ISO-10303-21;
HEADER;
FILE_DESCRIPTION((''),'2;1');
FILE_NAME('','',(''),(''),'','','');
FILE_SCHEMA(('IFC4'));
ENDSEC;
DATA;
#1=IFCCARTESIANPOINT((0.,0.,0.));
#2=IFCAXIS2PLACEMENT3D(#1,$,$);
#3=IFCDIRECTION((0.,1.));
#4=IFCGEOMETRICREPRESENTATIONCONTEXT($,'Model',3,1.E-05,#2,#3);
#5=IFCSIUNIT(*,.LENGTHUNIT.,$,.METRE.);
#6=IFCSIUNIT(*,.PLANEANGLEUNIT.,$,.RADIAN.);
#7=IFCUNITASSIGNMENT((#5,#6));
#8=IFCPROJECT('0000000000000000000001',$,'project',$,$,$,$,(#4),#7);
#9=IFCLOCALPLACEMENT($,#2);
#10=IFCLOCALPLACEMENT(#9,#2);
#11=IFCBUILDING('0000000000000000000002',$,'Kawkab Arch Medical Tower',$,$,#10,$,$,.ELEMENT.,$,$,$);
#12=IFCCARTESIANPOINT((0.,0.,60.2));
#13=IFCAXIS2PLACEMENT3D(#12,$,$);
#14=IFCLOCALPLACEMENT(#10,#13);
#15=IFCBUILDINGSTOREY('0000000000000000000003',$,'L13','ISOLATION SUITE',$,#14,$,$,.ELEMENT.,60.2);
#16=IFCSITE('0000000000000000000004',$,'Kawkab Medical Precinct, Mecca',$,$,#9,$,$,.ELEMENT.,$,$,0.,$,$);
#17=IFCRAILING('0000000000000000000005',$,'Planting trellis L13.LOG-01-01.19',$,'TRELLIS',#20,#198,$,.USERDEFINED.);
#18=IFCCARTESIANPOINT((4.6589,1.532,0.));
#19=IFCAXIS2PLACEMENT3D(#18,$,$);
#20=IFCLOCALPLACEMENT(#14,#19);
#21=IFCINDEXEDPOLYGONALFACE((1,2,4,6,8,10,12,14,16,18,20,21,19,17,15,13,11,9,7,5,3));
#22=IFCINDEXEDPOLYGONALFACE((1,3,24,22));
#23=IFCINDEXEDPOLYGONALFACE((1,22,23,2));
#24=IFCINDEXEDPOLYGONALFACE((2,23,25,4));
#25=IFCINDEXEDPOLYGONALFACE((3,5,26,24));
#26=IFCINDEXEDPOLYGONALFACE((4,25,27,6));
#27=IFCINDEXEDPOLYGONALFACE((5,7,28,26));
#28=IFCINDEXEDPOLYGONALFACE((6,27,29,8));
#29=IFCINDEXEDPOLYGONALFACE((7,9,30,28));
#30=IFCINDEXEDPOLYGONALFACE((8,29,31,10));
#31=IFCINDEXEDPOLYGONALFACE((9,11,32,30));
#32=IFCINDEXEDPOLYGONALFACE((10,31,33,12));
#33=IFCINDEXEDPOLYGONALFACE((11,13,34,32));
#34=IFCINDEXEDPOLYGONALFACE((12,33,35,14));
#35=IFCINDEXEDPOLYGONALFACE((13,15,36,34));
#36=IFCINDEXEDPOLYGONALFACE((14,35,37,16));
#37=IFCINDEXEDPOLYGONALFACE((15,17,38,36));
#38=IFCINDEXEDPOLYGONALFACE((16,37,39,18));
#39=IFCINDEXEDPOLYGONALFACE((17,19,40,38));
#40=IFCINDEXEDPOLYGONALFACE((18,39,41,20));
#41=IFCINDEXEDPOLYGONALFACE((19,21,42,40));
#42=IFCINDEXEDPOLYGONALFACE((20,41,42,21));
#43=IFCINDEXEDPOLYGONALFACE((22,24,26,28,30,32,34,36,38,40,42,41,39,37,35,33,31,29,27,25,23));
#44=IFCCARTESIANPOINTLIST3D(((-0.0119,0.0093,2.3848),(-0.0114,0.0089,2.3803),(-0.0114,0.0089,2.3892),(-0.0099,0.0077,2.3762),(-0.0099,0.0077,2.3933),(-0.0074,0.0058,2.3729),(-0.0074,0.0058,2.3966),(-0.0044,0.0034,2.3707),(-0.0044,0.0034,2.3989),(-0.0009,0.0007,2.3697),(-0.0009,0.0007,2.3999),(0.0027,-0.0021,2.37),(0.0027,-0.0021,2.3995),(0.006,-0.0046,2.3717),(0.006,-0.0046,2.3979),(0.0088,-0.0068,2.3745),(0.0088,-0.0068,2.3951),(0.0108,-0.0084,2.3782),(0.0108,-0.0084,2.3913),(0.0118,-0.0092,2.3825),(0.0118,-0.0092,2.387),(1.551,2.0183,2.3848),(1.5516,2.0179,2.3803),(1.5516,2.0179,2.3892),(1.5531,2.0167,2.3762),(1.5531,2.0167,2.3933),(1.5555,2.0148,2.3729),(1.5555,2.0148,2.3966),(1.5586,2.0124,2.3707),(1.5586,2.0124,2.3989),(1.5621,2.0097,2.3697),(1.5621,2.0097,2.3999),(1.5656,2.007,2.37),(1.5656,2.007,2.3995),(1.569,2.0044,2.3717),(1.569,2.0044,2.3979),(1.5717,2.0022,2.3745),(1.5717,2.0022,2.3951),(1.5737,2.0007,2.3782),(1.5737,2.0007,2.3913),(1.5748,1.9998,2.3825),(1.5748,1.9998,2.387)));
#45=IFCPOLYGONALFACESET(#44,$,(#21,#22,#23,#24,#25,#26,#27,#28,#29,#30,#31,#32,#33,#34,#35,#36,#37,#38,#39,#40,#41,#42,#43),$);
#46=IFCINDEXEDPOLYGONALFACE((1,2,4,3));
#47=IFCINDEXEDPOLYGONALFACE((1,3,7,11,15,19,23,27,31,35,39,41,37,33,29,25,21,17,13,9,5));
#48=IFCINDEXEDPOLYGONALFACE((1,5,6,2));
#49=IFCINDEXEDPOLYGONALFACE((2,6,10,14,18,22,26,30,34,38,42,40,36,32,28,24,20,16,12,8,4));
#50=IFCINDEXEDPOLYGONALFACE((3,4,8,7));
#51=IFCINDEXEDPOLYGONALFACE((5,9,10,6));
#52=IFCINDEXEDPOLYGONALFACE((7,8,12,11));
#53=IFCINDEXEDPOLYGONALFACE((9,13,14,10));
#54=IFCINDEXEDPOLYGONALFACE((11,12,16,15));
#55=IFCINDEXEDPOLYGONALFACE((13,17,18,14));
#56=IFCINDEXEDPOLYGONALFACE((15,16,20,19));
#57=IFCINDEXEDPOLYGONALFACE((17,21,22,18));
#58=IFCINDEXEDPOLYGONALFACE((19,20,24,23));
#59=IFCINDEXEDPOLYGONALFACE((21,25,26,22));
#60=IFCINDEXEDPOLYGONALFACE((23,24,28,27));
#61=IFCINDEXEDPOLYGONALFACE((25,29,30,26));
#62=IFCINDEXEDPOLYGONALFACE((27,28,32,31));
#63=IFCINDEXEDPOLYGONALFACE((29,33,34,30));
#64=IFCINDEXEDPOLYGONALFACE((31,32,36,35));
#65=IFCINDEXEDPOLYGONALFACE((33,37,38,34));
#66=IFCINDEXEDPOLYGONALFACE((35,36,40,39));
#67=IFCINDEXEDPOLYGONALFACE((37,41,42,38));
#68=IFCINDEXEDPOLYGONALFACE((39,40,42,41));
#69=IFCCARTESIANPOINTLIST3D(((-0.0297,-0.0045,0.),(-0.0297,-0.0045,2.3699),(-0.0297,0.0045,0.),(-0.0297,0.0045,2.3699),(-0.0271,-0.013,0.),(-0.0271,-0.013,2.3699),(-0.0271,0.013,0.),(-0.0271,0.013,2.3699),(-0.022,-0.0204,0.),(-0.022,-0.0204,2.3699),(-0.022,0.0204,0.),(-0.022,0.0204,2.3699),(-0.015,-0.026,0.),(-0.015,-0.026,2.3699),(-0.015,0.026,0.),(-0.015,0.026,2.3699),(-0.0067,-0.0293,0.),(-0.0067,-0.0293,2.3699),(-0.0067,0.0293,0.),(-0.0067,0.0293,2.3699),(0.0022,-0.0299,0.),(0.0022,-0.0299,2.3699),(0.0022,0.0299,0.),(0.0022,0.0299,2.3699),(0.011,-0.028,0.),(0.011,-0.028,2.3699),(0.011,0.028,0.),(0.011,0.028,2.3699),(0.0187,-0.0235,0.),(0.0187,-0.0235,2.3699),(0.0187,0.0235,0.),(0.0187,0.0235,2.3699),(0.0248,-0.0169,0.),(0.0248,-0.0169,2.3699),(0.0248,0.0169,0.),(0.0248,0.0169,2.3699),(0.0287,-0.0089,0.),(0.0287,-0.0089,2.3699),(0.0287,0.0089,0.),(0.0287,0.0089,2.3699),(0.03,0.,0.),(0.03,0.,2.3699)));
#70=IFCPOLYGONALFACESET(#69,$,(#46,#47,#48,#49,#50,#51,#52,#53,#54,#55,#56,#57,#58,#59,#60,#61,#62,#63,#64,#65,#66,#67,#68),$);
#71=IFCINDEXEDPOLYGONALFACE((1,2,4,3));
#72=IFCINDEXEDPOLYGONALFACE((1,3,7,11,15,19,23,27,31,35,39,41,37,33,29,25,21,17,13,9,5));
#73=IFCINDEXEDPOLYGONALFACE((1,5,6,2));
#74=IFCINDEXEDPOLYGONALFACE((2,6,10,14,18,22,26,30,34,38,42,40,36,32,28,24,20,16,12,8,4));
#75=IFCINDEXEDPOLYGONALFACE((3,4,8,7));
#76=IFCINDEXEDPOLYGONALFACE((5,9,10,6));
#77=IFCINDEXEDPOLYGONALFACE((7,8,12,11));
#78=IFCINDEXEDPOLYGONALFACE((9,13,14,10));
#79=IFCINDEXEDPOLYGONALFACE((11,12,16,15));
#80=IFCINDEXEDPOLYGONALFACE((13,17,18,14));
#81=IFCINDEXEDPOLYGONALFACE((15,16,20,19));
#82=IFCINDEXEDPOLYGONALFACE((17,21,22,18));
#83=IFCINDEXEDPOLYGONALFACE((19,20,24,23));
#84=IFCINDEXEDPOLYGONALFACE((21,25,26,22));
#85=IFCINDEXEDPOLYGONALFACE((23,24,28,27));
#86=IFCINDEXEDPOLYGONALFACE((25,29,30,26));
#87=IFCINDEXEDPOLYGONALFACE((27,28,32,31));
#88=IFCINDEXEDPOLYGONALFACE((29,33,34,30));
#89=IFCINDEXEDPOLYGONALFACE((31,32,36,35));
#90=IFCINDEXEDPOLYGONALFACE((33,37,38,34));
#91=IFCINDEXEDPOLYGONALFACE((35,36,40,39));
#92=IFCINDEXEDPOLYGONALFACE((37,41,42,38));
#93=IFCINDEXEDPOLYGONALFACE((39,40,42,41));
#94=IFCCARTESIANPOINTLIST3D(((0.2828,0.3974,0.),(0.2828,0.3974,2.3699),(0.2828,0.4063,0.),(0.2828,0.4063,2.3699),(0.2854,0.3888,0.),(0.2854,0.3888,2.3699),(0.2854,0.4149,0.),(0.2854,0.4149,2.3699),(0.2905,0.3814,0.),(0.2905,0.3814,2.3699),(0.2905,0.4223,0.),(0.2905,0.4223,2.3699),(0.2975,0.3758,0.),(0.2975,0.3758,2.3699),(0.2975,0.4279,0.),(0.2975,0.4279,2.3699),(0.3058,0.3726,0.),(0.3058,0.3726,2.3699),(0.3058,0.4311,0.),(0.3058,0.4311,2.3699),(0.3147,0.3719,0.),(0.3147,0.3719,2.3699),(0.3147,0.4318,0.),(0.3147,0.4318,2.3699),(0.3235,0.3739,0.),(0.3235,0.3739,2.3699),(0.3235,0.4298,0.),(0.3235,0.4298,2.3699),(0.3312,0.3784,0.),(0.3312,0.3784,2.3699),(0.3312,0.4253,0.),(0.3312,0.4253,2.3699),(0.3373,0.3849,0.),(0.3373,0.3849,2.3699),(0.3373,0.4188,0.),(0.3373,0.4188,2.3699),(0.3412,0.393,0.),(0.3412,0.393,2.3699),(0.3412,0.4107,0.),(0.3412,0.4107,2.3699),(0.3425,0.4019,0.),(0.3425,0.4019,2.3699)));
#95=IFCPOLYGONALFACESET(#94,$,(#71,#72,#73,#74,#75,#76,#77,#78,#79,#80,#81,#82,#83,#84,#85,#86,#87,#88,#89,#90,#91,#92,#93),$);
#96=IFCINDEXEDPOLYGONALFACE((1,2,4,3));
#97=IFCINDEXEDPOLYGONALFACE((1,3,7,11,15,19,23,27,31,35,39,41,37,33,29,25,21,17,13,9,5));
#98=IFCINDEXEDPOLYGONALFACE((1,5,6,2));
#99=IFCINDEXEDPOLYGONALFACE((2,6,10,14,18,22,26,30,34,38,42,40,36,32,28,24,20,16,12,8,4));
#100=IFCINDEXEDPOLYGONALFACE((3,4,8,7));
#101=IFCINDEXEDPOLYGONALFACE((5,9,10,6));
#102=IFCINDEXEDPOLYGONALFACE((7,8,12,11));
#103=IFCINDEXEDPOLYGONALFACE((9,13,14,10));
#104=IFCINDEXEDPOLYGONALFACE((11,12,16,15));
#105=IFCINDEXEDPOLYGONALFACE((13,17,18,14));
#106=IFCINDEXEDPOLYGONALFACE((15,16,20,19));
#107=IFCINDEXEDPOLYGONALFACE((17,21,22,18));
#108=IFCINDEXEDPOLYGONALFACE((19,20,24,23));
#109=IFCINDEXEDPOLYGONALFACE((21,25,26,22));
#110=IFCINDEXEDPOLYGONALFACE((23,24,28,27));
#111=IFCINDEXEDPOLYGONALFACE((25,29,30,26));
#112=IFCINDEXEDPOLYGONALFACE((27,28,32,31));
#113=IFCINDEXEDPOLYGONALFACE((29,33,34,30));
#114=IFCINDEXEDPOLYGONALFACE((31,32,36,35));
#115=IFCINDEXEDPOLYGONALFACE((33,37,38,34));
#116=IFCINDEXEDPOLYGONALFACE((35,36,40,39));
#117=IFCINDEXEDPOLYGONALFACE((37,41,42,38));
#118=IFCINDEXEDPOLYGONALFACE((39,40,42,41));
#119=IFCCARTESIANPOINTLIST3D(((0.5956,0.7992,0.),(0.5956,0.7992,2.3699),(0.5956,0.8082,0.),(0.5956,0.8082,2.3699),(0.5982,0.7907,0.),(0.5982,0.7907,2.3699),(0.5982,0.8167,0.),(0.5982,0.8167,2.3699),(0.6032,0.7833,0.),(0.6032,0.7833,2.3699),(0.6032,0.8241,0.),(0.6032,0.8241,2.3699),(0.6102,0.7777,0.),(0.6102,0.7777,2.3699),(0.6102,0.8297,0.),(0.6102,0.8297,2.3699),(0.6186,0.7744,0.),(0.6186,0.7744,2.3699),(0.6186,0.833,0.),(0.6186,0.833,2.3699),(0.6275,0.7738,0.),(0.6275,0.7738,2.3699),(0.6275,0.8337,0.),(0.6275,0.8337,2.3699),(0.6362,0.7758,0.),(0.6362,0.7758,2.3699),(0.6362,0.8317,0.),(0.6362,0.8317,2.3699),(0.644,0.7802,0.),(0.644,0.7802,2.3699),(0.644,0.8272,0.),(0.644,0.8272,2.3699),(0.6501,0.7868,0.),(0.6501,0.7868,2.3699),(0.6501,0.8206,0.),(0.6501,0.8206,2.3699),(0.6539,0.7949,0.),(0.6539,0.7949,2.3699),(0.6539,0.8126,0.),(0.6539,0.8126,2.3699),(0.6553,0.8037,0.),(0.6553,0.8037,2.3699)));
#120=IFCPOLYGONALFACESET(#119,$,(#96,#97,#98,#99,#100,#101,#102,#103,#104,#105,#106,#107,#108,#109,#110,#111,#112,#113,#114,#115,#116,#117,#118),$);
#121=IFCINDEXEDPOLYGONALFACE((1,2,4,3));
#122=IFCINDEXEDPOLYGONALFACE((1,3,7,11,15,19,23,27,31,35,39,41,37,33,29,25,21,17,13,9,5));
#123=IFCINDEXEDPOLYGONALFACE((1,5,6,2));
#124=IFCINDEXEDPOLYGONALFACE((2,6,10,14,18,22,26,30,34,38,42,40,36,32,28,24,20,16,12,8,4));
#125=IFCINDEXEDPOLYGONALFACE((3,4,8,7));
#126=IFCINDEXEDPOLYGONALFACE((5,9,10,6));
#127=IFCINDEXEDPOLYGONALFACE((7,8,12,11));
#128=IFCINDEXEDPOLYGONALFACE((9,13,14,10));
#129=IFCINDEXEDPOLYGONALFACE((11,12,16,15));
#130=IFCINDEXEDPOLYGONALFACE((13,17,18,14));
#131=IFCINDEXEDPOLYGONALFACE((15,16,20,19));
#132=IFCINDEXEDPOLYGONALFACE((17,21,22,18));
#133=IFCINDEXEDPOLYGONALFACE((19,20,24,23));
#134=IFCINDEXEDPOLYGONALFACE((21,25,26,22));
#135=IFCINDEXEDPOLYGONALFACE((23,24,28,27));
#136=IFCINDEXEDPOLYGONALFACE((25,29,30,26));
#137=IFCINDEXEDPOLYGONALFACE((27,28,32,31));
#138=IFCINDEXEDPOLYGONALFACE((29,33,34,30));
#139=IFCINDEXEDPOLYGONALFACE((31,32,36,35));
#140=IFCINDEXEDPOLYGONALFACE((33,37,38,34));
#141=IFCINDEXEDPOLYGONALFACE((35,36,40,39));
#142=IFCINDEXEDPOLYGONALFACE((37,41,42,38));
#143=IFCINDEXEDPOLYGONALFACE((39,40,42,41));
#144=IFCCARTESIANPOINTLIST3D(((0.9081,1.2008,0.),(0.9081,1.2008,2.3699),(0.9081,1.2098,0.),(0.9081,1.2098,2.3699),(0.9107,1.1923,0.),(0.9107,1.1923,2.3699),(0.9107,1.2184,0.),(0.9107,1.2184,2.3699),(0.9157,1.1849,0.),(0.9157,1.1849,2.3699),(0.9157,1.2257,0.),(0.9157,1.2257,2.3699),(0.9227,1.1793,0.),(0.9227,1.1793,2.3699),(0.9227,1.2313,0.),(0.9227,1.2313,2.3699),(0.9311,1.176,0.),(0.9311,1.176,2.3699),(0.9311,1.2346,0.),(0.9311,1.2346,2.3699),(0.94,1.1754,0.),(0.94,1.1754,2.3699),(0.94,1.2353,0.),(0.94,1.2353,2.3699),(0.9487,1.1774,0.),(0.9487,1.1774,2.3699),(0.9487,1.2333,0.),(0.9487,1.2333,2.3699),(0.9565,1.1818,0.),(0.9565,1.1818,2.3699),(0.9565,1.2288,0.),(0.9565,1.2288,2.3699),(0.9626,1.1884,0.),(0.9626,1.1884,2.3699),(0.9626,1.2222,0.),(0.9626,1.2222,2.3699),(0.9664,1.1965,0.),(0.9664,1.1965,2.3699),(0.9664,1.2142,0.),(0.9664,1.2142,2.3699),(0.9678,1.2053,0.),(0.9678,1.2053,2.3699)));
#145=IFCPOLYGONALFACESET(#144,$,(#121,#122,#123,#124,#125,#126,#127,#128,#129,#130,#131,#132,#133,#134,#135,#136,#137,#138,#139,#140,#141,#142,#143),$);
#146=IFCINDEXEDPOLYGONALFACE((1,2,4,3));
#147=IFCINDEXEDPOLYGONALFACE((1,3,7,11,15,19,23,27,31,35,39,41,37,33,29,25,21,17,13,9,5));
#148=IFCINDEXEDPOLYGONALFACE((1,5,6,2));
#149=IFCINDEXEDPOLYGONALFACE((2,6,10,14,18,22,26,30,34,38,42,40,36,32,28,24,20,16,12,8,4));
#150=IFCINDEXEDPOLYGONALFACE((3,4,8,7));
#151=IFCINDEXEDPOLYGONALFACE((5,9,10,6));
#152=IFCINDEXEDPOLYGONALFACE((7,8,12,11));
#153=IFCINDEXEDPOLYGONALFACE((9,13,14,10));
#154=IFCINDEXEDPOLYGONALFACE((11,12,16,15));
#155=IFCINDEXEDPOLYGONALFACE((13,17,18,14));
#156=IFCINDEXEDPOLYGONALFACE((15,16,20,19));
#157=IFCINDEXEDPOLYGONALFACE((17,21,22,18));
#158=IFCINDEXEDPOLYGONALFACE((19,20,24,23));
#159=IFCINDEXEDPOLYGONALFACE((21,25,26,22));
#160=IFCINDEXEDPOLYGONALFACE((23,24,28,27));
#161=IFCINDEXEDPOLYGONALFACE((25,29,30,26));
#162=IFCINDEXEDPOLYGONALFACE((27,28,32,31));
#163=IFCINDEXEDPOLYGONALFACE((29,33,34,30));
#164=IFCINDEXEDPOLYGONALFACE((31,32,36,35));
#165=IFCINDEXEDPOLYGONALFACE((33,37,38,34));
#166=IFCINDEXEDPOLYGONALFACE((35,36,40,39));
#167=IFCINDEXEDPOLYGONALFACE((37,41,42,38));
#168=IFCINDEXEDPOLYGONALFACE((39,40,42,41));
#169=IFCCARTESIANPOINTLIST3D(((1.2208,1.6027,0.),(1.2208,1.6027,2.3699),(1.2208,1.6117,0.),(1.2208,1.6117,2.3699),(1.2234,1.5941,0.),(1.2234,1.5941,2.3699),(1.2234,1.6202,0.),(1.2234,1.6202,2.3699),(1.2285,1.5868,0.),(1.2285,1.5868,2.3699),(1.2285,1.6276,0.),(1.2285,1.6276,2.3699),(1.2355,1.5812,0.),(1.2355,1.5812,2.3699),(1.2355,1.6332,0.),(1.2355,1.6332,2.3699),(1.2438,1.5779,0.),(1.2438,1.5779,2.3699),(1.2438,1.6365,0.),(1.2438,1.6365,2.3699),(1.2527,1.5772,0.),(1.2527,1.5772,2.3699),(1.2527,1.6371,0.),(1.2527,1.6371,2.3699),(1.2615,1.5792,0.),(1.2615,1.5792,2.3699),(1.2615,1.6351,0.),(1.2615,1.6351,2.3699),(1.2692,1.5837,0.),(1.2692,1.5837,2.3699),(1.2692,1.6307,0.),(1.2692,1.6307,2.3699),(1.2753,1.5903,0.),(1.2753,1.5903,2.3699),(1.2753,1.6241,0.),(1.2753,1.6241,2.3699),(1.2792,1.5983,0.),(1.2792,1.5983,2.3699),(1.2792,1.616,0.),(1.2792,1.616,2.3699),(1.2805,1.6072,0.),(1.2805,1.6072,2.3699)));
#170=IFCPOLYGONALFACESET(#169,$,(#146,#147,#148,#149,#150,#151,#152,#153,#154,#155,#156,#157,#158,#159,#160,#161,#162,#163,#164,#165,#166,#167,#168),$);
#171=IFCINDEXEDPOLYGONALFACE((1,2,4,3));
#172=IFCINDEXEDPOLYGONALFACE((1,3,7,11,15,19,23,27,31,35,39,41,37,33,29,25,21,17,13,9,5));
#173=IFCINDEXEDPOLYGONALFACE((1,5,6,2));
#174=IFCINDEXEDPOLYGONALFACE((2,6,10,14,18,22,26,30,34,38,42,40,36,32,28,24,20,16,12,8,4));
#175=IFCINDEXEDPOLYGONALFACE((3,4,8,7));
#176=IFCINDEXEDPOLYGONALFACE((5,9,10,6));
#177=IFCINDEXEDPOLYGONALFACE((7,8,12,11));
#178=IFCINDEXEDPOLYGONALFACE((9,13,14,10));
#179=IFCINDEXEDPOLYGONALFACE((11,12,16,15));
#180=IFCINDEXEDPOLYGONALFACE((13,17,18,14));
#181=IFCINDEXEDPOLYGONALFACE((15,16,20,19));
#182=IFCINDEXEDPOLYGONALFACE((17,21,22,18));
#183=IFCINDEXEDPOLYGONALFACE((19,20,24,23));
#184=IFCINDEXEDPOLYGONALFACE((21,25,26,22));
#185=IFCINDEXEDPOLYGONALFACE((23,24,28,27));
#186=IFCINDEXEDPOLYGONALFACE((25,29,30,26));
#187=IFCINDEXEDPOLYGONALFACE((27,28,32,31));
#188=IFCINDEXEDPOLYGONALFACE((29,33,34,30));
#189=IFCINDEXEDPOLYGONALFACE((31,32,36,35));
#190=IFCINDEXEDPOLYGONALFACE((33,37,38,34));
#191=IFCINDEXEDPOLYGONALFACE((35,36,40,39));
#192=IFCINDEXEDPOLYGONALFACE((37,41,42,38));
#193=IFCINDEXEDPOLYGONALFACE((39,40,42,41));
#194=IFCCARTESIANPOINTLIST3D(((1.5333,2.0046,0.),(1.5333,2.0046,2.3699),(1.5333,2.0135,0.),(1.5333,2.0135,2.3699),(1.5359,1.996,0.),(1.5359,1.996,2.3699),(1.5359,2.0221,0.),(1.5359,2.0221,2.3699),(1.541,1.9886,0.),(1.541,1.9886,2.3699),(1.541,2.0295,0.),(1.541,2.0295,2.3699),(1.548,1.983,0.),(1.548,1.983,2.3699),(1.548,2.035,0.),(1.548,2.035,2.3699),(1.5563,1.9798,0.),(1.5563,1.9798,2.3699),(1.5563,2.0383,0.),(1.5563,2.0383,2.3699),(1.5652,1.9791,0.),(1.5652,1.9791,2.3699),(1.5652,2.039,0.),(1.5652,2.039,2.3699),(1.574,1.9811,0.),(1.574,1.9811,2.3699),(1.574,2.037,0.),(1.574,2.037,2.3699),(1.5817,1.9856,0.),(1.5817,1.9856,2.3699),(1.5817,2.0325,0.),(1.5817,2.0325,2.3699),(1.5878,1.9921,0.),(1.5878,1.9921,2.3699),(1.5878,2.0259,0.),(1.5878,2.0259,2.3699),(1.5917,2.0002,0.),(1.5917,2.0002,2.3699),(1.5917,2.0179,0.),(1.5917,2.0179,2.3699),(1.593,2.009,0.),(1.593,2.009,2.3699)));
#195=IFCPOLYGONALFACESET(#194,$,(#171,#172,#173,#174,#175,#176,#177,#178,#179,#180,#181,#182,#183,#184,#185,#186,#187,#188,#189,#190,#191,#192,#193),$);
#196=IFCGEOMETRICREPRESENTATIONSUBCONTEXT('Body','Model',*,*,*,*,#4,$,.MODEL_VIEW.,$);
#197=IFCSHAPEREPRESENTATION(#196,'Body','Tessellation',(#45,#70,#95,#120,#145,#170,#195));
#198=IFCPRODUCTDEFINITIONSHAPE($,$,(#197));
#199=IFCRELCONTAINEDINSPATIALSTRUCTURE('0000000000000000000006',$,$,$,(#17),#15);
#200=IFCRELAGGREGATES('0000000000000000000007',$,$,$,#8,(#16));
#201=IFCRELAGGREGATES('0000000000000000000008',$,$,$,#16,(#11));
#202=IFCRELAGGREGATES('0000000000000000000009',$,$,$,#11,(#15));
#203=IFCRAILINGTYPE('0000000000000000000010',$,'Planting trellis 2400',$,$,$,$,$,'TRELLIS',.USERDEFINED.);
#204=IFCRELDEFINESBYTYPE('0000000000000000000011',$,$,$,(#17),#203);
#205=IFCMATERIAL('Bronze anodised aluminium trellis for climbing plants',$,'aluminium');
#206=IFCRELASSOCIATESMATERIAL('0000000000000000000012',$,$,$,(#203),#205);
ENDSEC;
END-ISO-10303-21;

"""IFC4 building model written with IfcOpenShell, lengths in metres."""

from ifc_helpers import new_model, si_unit, direction, frame, origin, origin_2d, place, context, subcontext, project, spatial, circle, extrude, material, type_object, element, save


model = new_model("IFC4")

# Units and contexts
model_context = context("Model", 3, precision=1e-05, world=origin(), true_north=direction((0.0, 1.0)))
body_context = subcontext(model_context, "Body", "Model", "MODEL_VIEW")
ifc_project = project(units=[si_unit("LENGTHUNIT", "METRE"), si_unit("PLANEANGLEUNIT", "RADIAN")], contexts=[model_context])

# Site, building, storey
site_placement = place(None, origin())
site = spatial("IfcSite", under=ifc_project, at=site_placement, Name="Kawkab Medical Precinct, Mecca", CompositionType="ELEMENT", RefElevation=0.0)
building_placement = place(site_placement, origin())
building = spatial("IfcBuilding", under=site, at=building_placement, Name="Kawkab Arch Medical Tower", CompositionType="ELEMENT")
storey_placement = place(building_placement, frame((0.0, 0.0, 60.2)))
storey = spatial("IfcBuildingStorey", under=building, at=storey_placement, Name="L13", Description="ISOLATION SUITE", CompositionType="ELEMENT", Elevation=60.2)

# Railing
ifc_material_1 = material(Name="Bronze anodised aluminium trellis for climbing plants", Category="aluminium")
railing_type_1 = type_object("IfcRailingType", Name="Planting trellis 2400", ElementType="TRELLIS", PredefinedType="USERDEFINED", material=ifc_material_1)
railing_1_placement = place(storey_placement, frame((4.6589, 1.532, 0.0)))
element("IfcRailing", 1, at=railing_1_placement, inside=storey, type_object=railing_type_1, Name="Planting trellis L13.LOG-01-01.19", ObjectType="TRELLIS", PredefinedType="USERDEFINED", context=body_context, shape_type="SweptSolid", body=[
    extrude(circle(Radius=0.0151, at=origin_2d()), frame((0.0, 0.0, 2.3848), z_axis=(0.61404, 0.789275, 0.0), x_axis=(-0.789275, 0.61404, 0.0)), (0.0, 0.0, 1.0), 2.5454),
    extrude(circle(Radius=0.03, at=origin_2d()), origin(), (0.0, 0.0, 1.0), 2.3699),
    extrude(circle(Radius=0.03, at=origin_2d()), frame((0.3125, 0.4019, 0.0)), (0.0, 0.0, 1.0), 2.3699),
    extrude(circle(Radius=0.03, at=origin_2d()), frame((0.6252, 0.8037, 0.0)), (0.0, 0.0, 1.0), 2.3699),
    extrude(circle(Radius=0.03, at=origin_2d()), frame((0.9377, 1.2053, 0.0)), (0.0, 0.0, 1.0), 2.3699),
    extrude(circle(Radius=0.03, at=origin_2d()), frame((1.2505, 1.6072, 0.0)), (0.0, 0.0, 1.0), 2.3699),
    extrude(circle(Radius=0.03, at=origin_2d()), frame((1.563, 2.009, 0.0)), (0.0, 0.0, 1.0), 2.3699),
])

save(model, "model.ifc")
